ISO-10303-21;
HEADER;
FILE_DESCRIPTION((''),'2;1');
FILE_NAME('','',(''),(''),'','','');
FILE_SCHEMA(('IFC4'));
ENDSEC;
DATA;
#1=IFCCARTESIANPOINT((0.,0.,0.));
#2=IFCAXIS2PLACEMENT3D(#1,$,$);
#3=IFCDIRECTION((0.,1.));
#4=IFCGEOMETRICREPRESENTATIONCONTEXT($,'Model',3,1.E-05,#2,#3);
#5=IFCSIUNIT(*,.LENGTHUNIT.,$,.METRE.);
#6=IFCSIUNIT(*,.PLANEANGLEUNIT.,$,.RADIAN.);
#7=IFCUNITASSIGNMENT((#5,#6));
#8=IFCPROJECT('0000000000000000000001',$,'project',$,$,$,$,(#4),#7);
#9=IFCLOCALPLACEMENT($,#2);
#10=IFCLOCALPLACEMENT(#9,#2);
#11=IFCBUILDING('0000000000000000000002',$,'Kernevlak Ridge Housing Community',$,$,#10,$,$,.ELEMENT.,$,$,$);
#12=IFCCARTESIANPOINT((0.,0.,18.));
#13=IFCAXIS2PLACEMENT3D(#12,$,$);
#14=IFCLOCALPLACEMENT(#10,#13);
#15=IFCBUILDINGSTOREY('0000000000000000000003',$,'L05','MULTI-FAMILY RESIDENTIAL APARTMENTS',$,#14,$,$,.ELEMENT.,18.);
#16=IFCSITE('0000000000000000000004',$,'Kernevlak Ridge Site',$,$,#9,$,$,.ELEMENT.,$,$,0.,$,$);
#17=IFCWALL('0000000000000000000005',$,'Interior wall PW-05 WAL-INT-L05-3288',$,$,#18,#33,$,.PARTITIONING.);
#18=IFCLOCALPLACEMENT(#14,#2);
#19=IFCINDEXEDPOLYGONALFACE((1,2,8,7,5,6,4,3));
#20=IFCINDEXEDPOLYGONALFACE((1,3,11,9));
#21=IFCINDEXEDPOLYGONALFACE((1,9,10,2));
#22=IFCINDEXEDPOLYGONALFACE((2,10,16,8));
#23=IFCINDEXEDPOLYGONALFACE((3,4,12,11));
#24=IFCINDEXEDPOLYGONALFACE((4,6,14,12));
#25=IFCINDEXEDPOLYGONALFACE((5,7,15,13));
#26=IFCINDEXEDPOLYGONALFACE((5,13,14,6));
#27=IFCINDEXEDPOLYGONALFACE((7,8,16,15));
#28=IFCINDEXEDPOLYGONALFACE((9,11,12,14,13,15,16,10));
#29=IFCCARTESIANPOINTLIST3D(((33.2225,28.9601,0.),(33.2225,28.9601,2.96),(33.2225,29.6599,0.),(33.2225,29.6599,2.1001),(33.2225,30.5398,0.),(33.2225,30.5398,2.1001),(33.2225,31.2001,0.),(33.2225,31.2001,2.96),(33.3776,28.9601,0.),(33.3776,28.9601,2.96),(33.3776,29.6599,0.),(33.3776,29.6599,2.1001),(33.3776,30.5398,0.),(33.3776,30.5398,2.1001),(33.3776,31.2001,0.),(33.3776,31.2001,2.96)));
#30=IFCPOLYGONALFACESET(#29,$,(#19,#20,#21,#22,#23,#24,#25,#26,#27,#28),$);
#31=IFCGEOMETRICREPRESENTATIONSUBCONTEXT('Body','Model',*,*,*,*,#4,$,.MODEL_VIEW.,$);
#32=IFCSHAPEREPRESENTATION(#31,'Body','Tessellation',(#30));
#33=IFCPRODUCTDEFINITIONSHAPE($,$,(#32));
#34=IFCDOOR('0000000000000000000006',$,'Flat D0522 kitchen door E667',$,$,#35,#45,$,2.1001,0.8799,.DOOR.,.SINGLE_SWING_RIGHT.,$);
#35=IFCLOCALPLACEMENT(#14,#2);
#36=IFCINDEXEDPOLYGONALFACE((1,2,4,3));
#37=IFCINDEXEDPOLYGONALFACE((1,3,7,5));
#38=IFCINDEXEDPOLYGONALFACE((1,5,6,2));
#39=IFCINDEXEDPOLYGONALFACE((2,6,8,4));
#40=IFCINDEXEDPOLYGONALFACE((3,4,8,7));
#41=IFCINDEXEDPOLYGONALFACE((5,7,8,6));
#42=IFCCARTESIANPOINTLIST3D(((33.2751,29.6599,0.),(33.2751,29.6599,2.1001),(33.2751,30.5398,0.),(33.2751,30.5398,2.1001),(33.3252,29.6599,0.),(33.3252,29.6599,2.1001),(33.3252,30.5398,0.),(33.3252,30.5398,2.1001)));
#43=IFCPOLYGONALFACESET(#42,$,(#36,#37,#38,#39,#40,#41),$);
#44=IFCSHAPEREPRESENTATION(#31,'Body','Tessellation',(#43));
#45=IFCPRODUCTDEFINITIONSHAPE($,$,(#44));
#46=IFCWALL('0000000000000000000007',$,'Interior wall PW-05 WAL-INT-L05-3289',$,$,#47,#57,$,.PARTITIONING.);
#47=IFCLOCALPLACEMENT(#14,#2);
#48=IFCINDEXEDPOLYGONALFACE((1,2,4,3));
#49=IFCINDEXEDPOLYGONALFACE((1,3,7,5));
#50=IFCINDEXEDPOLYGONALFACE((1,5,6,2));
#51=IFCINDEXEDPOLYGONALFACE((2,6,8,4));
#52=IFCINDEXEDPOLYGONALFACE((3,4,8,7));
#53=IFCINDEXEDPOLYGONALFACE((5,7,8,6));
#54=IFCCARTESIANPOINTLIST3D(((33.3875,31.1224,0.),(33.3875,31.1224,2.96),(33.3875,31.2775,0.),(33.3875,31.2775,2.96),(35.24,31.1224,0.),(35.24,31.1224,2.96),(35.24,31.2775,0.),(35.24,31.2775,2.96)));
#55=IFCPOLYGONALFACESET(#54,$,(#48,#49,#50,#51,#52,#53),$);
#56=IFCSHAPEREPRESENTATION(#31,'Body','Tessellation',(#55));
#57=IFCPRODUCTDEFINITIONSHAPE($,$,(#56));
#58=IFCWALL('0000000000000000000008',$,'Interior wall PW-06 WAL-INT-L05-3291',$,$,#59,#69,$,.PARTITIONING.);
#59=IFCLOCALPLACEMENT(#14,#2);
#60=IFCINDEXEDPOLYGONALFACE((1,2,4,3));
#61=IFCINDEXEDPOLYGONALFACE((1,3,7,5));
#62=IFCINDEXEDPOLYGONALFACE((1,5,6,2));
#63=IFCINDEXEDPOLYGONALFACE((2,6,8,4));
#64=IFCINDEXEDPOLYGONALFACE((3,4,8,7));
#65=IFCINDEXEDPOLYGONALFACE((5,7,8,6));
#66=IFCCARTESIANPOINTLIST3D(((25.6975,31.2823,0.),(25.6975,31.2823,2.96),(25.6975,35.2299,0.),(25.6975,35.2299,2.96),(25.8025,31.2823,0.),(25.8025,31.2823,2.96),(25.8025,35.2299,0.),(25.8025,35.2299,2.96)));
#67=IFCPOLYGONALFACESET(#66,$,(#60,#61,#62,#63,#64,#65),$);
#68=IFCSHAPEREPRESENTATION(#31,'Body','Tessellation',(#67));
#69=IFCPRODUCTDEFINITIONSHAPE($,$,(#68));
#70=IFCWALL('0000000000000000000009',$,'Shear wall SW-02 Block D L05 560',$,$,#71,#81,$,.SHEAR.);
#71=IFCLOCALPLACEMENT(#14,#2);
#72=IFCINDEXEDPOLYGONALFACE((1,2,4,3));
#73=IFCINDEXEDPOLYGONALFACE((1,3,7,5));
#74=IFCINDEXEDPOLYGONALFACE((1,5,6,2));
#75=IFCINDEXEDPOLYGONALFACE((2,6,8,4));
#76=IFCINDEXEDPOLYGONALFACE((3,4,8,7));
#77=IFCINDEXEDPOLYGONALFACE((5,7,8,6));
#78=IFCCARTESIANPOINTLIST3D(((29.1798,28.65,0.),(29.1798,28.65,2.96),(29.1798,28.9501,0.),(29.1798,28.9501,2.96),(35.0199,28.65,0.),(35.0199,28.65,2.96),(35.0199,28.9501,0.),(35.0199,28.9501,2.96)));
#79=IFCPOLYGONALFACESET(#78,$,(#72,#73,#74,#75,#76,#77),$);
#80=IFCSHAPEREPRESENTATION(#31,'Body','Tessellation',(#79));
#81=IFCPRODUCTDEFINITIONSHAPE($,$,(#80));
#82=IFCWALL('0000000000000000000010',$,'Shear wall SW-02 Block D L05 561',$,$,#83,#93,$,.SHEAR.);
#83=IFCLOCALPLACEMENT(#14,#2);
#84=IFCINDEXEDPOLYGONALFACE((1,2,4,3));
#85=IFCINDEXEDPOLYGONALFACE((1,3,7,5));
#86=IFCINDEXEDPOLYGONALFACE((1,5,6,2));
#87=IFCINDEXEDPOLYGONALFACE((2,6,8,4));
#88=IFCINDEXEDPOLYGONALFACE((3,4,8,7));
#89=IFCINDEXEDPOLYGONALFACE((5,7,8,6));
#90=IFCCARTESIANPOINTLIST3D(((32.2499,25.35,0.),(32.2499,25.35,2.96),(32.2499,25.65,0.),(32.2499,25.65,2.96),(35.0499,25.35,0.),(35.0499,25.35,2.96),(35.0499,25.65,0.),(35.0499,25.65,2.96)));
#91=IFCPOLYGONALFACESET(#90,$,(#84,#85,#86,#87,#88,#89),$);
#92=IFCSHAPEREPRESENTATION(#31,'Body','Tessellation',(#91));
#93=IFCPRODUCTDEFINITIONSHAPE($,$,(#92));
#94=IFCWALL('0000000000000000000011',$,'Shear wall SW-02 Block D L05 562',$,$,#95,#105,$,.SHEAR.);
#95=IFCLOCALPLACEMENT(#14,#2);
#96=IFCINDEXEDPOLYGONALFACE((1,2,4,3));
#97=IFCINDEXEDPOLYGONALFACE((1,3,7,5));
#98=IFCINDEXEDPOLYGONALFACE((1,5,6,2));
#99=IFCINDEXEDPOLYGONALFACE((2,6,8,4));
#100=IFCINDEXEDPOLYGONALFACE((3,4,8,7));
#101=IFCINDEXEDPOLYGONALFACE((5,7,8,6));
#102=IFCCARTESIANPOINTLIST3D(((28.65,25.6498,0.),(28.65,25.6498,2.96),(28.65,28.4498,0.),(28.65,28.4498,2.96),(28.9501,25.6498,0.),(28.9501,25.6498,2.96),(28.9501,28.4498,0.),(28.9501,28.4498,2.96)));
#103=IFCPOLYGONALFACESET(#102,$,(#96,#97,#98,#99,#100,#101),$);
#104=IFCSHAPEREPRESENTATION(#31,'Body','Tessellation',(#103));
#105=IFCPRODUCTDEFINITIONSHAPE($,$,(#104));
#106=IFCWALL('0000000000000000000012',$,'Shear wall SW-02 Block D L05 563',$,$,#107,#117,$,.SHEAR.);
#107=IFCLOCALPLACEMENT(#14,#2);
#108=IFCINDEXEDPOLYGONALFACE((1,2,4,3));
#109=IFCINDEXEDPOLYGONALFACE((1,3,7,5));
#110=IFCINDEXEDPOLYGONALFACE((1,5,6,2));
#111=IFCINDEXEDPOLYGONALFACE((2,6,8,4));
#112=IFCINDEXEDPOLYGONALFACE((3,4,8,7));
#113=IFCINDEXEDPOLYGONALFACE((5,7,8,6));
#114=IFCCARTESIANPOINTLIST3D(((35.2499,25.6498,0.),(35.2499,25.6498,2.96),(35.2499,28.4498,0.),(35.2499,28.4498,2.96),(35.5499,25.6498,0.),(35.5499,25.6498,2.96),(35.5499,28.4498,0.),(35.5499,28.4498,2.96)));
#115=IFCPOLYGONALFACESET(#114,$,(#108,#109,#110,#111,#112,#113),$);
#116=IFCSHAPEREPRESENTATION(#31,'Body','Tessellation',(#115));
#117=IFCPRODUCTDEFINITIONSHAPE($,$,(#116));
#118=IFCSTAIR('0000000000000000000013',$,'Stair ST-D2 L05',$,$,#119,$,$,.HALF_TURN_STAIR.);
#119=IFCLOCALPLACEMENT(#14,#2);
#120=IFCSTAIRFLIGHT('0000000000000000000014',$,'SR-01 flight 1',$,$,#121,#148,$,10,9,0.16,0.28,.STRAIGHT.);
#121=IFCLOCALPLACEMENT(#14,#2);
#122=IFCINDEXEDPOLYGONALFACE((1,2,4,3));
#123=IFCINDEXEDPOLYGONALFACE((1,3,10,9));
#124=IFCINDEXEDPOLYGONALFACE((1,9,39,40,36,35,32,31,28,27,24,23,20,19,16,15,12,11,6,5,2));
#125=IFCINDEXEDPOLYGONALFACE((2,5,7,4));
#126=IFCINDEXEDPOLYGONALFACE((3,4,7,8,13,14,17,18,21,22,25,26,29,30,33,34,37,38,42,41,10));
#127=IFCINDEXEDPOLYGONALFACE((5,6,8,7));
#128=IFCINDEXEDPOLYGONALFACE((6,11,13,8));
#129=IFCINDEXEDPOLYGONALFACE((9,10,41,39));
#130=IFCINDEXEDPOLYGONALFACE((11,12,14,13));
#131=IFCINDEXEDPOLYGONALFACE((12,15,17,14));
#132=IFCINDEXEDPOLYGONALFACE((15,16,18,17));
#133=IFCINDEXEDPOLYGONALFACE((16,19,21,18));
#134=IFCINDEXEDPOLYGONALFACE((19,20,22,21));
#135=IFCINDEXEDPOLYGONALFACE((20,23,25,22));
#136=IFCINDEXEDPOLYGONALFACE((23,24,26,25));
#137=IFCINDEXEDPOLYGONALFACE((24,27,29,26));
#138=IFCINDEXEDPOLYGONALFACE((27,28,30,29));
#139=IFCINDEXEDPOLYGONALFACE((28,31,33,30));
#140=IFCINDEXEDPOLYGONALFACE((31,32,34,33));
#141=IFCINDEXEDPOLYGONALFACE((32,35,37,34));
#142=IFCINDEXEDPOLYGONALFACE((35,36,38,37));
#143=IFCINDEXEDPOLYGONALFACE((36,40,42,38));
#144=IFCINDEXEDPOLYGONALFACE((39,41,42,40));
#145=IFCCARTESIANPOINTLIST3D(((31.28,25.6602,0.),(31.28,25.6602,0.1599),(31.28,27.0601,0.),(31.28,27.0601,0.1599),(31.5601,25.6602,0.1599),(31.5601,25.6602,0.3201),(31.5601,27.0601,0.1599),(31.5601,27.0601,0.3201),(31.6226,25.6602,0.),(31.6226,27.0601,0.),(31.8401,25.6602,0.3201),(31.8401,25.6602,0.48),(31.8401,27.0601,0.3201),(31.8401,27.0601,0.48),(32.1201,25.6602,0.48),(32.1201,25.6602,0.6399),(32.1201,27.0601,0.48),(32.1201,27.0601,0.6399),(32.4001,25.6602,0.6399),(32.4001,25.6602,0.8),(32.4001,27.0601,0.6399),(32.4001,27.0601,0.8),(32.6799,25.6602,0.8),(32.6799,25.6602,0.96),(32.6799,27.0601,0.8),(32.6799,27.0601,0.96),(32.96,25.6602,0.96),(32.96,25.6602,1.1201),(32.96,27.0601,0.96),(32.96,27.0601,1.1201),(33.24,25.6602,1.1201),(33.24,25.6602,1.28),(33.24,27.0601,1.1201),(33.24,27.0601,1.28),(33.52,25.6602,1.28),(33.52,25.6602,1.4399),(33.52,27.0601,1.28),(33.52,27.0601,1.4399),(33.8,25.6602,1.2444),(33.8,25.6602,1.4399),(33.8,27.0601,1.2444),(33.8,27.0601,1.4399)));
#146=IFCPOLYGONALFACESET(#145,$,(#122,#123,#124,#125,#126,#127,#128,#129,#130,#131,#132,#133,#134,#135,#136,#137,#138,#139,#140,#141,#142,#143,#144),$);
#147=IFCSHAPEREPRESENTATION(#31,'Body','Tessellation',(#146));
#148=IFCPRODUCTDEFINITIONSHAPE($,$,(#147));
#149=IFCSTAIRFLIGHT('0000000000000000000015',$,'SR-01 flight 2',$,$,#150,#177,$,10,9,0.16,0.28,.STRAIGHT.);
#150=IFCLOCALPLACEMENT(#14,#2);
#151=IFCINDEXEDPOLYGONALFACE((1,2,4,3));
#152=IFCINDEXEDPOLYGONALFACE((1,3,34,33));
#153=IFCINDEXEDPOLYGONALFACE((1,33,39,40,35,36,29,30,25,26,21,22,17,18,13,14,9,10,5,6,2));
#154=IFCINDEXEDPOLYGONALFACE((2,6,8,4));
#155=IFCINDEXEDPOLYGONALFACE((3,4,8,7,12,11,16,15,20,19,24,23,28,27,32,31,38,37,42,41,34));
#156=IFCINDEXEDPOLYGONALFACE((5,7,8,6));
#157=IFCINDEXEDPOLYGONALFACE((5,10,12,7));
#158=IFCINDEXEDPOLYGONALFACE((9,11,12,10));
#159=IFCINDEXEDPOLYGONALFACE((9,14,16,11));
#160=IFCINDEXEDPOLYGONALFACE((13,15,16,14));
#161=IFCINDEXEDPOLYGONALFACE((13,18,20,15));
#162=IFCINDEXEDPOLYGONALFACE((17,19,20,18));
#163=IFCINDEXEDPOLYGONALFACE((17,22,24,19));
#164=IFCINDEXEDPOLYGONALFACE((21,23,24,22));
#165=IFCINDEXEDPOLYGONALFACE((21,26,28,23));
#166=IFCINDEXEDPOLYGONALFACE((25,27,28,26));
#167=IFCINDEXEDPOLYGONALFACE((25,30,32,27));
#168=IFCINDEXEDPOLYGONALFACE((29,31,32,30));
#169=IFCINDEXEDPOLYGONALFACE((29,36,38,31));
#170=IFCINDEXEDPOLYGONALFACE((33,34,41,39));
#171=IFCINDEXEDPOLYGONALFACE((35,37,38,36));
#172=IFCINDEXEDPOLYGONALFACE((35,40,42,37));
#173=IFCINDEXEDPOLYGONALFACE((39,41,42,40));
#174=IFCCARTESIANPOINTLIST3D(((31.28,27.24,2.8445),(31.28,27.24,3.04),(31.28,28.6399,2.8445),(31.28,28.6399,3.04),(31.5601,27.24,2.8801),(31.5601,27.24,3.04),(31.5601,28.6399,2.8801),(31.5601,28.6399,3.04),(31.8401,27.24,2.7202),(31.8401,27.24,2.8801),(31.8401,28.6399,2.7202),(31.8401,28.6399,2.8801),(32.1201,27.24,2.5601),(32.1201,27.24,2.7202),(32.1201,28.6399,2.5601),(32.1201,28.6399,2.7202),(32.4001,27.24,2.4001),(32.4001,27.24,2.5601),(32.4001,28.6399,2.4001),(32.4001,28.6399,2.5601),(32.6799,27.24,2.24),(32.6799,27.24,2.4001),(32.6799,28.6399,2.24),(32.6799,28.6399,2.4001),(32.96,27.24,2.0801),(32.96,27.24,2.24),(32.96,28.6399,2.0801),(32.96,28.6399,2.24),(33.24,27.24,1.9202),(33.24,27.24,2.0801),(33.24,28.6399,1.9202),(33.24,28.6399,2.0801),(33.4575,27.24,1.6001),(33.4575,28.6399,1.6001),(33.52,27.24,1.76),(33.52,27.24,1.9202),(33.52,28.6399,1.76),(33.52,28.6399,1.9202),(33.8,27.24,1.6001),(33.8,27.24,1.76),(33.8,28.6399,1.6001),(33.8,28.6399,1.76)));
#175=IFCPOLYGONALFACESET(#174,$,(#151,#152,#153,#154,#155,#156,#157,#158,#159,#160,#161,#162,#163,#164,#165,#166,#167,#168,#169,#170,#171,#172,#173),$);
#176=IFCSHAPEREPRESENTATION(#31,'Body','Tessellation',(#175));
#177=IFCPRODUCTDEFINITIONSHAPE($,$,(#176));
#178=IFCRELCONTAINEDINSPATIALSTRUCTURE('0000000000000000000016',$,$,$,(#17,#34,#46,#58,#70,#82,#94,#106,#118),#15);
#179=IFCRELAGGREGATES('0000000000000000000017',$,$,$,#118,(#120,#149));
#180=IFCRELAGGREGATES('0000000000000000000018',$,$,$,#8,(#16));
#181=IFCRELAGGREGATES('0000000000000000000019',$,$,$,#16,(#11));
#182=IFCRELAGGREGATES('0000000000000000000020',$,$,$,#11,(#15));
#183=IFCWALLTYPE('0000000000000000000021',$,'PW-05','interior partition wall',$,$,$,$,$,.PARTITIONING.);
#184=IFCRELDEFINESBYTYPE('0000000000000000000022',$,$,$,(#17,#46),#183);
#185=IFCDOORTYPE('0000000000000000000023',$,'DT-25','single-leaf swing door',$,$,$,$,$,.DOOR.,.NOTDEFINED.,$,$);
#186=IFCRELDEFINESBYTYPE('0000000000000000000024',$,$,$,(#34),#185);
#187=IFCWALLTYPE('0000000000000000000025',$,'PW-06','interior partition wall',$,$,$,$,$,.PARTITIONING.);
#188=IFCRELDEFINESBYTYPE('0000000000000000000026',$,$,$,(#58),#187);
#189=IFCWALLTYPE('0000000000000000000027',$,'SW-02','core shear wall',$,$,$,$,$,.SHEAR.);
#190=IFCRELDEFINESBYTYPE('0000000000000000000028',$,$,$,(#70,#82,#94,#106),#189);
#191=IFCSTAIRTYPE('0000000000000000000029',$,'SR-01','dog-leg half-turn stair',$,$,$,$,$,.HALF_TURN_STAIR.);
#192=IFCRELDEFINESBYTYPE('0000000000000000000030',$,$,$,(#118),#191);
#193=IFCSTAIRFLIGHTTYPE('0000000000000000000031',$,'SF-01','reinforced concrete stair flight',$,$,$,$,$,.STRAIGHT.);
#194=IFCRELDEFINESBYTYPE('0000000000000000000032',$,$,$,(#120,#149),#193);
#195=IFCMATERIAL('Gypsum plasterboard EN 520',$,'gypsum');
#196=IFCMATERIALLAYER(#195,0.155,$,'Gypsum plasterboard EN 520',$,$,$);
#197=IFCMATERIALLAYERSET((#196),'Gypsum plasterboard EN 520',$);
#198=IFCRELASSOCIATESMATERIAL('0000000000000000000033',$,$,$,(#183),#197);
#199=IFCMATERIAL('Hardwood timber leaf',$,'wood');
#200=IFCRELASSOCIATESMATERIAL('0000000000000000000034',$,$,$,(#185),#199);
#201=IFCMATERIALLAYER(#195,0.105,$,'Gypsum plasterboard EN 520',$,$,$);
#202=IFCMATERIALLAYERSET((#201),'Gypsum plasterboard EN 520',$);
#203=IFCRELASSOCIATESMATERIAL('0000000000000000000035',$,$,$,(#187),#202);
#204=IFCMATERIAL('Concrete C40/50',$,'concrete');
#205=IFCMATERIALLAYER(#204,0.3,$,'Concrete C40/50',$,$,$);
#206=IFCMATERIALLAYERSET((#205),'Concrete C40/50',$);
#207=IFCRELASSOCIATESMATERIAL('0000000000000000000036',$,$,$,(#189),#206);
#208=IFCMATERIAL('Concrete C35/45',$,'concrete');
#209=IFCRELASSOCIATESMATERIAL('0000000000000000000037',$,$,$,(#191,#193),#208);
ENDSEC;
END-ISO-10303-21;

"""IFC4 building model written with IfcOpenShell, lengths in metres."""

from ifc_helpers import new_model, si_unit, direction, frame, frame_2d, origin, place, context, subcontext, project, spatial, polyline, rectangle, outline, extrude, material, layer, layer_set, type_object, element, fill, aggregate, save


model = new_model("IFC4")

# Units and contexts
model_context = context("Model", 3, precision=1e-05, world=origin(), true_north=direction((0.0, 1.0)))
body_context = subcontext(model_context, "Body", "Model", "MODEL_VIEW")
ifc_project = project(units=[si_unit("LENGTHUNIT", "METRE"), si_unit("PLANEANGLEUNIT", "RADIAN")], contexts=[model_context])

# Site, building, storey
site_placement = place(None, origin())
site = spatial("IfcSite", under=ifc_project, at=site_placement, Name="Kernevlak Ridge Site", CompositionType="ELEMENT", RefElevation=0.0)
building_placement = place(site_placement, origin())
building = spatial("IfcBuilding", under=site, at=building_placement, Name="Kernevlak Ridge Housing Community", CompositionType="ELEMENT")
storey_placement = place(building_placement, frame((0.0, 0.0, 18.0)))
storey = spatial("IfcBuildingStorey", under=building, at=storey_placement, Name="L05", Description="MULTI-FAMILY RESIDENTIAL APARTMENTS", CompositionType="ELEMENT", Elevation=18.0)

# Shared definitions
ifc_material_1 = material(Name="Concrete C35/45", Category="concrete")

# Shared definitions
ifc_material_2 = material(Name="Hardwood timber leaf", Category="wood")

# Wall, opening, door
ifc_material_3 = material(Name="Gypsum plasterboard EN 520", Category="gypsum")
ifc_layer_1 = layer(ifc_material_3, 0.155, Name="Gypsum plasterboard EN 520")
ifc_layer_set_1 = layer_set([ifc_layer_1], Name="Gypsum plasterboard EN 520")
wall_type_1 = type_object("IfcWallType", Name="PW-05", Description="interior partition wall", PredefinedType="PARTITIONING", material=ifc_layer_set_1)
wall_1_placement = place(storey_placement, frame((33.3, 28.96, 0.0), z_axis=(0.0, 0.0, 1.0), x_axis=(0.0, 1.0, 0.0)))
wall_1 = element("IfcWall", 1, at=wall_1_placement, inside=storey, type_object=wall_type_1, Name="Interior wall PW-05 WAL-INT-L05-3288", PredefinedType="PARTITIONING", context=body_context, shape_type="SweptSolid", body=[
    extrude(rectangle(XDim=2.24, YDim=0.155, at=frame_2d((1.1201, 0.0))), origin(), (0.0, 0.0, 1.0), 2.96),
])
opening_1_placement = place(wall_1_placement, frame((0.7, 0.0, 0.0)))
opening_1 = element("IfcOpeningElement", 2, at=opening_1_placement, cuts=wall_1, PredefinedType="OPENING", context=body_context, shape_type="SweptSolid", body=[
    extrude(rectangle(XDim=0.8799, YDim=2.1001, at=frame_2d((0.4399, 1.05))), frame((0.0, 0.0874, 0.0), z_axis=(0.0, -1.0, 0.0), x_axis=(1.0, 0.0, 0.0)), (0.0, 0.0, 1.0), 0.175),
])
door_type_1 = type_object("IfcDoorType", Name="DT-25", Description="single-leaf swing door", OperationType="NOTDEFINED", PredefinedType="DOOR", material=ifc_material_2)
door_1_placement = place(opening_1_placement, origin())
door_1 = element("IfcDoor", 3, at=door_1_placement, inside=storey, type_object=door_type_1, Name="Flat D0522 kitchen door E667", OperationType="SINGLE_SWING_RIGHT", OverallHeight=2.1001, OverallWidth=0.8799, PredefinedType="DOOR", context=body_context, shape_type="SweptSolid", body=[
    extrude(rectangle(XDim=0.8799, YDim=2.1001, at=frame_2d((0.4399, 1.05))), frame((0.0, 0.0249, 0.0), z_axis=(0.0, -1.0, 0.0), x_axis=(1.0, 0.0, 0.0)), (0.0, 0.0, 1.0), 0.05),
])
fill(opening_1, door_1)

# Walls
wall_2_placement = place(storey_placement, frame((33.3875, 31.2, 0.0), z_axis=(0.0, 0.0, 1.0), x_axis=(1.0, 0.0, 0.0)))
element("IfcWall", 4, at=wall_2_placement, inside=storey, type_object=wall_type_1, Name="Interior wall PW-05 WAL-INT-L05-3289", PredefinedType="PARTITIONING", context=body_context, shape_type="SweptSolid", body=[
    extrude(rectangle(XDim=1.8525, YDim=0.155, at=frame_2d((0.9263, 0.0))), origin(), (0.0, 0.0, 1.0), 2.96),
])
ifc_layer_2 = layer(ifc_material_3, 0.105, Name="Gypsum plasterboard EN 520")
ifc_layer_set_2 = layer_set([ifc_layer_2], Name="Gypsum plasterboard EN 520")
wall_type_2 = type_object("IfcWallType", Name="PW-06", Description="interior partition wall", PredefinedType="PARTITIONING", material=ifc_layer_set_2)
wall_3_placement = place(storey_placement, frame((25.75, 31.2825, 0.0), z_axis=(0.0, 0.0, 1.0), x_axis=(0.0, 1.0, 0.0)))
element("IfcWall", 5, at=wall_3_placement, inside=storey, type_object=wall_type_2, Name="Interior wall PW-06 WAL-INT-L05-3291", PredefinedType="PARTITIONING", context=body_context, shape_type="SweptSolid", body=[
    extrude(rectangle(XDim=3.9475, YDim=0.105, at=frame_2d((1.9736, 0.0))), origin(), (0.0, 0.0, 1.0), 2.96),
])
ifc_material_4 = material(Name="Concrete C40/50", Category="concrete")
ifc_layer_3 = layer(ifc_material_4, 0.3, Name="Concrete C40/50")
ifc_layer_set_3 = layer_set([ifc_layer_3], Name="Concrete C40/50")
wall_type_3 = type_object("IfcWallType", Name="SW-02", Description="core shear wall", PredefinedType="SHEAR", material=ifc_layer_set_3)
wall_4_placement = place(storey_placement, frame((29.1799, 28.8, 0.0), z_axis=(0.0, 0.0, 1.0), x_axis=(1.0, 0.0, 0.0)))
element("IfcWall", 6, at=wall_4_placement, inside=storey, type_object=wall_type_3, Name="Shear wall SW-02 Block D L05 560", PredefinedType="SHEAR", context=body_context, shape_type="SweptSolid", body=[
    extrude(rectangle(XDim=5.8401, YDim=0.3, at=frame_2d((2.9199, 0.0))), origin(), (0.0, 0.0, 1.0), 2.96),
])
for number, where, z_axis, x_axis, name in (
    (7, (32.25, 25.5, 0.0), (0.0, 0.0, 1.0), (1.0, 0.0, 0.0), "Shear wall SW-02 Block D L05 561"),
    (8, (28.8, 25.6499, 0.0), (0.0, 0.0, 1.0), (0.0, 1.0, 0.0), "Shear wall SW-02 Block D L05 562"),
    (9, (35.3999, 25.6499, 0.0), (0.0, 0.0, 1.0), (0.0, 1.0, 0.0), "Shear wall SW-02 Block D L05 563"),
):
    element("IfcWall", number, at=place(storey_placement, frame(where, z_axis=z_axis, x_axis=x_axis)), inside=storey, type_object=wall_type_3, Name=name, PredefinedType="SHEAR", context=body_context, shape_type="SweptSolid", body=[
        extrude(rectangle(XDim=2.8, YDim=0.3, at=frame_2d((1.3999, 0.0))), origin(), (0.0, 0.0, 1.0), 2.96),
    ])

# Stair, stair flights
stair_type = type_object("IfcStairType", Name="SR-01", Description="dog-leg half-turn stair", PredefinedType="HALF_TURN_STAIR", material=ifc_material_1)
stair_placement = place(storey_placement, origin())
stair = element("IfcStair", 10, at=stair_placement, inside=storey, type_object=stair_type, Name="Stair ST-D2 L05", PredefinedType="HALF_TURN_STAIR")
stair_flight_type = type_object("IfcStairFlightType", Name="SF-01", Description="reinforced concrete stair flight", PredefinedType="STRAIGHT", material=ifc_material_1)
stair_flight_1_placement = place(storey_placement, frame((31.28, 26.3601, 0.0), z_axis=(0.0, 0.0, 1.0), x_axis=(1.0, 0.0, 0.0)))
stair_flight_1 = element("IfcStairFlight", 11, at=stair_flight_1_placement, type_object=stair_flight_type, Name="SR-01 flight 1", NumberOfRisers=10, NumberOfTreads=9, PredefinedType="STRAIGHT", RiserHeight=0.16, TreadLength=0.28, context=body_context, shape_type="SweptSolid", body=[
    extrude(outline(polyline([(0.0, 0.0), (0.0, 0.1599), (0.28, 0.1599), (0.28, 0.3201), (0.5601, 0.3201), (0.5601, 0.48), (0.8401, 0.48), (0.8401, 0.6399), (1.1201, 0.6399), (1.1201, 0.8), (1.3999, 0.8), (1.3999, 0.96), (1.6799, 0.96), (1.6799, 1.1201), (1.96, 1.1201), (1.96, 1.28), (2.24, 1.28), (2.24, 1.4399), (2.52, 1.4399), (2.52, 1.6001), (2.52, 1.2444), (0.3425, 0.0), (0.0, 0.0)])), frame((0.0, 0.7, 0.0), z_axis=(0.0, -1.0, 0.0), x_axis=(1.0, 0.0, 0.0)), (0.0, 0.0, 1.0), 1.3999),
])
stair_flight_2_placement = place(storey_placement, frame((33.8, 27.9399, 1.6001), z_axis=(0.0, 0.0, 1.0), x_axis=(-1.0, 0.0, 0.0)))
stair_flight_2 = element("IfcStairFlight", 12, at=stair_flight_2_placement, type_object=stair_flight_type, Name="SR-01 flight 2", NumberOfRisers=10, NumberOfTreads=9, PredefinedType="STRAIGHT", RiserHeight=0.16, TreadLength=0.28, context=body_context, shape_type="SweptSolid", body=[
    extrude(outline(polyline([(0.0, 0.0), (0.0, 0.1599), (0.28, 0.1599), (0.28, 0.3201), (0.5601, 0.3201), (0.5601, 0.48), (0.8401, 0.48), (0.8401, 0.6399), (1.1201, 0.6399), (1.1201, 0.8), (1.3999, 0.8), (1.3999, 0.96), (1.6799, 0.96), (1.6799, 1.1201), (1.96, 1.1201), (1.96, 1.28), (2.24, 1.28), (2.24, 1.4399), (2.52, 1.4399), (2.52, 1.6001), (2.52, 1.2444), (0.3425, 0.0), (0.0, 0.0)])), frame((0.0, 0.7, 0.0), z_axis=(0.0, -1.0, 0.0), x_axis=(1.0, 0.0, 0.0)), (0.0, 0.0, 1.0), 1.3999),
])
aggregate(stair, [stair_flight_1, stair_flight_2])

save(model, "model.ifc")
